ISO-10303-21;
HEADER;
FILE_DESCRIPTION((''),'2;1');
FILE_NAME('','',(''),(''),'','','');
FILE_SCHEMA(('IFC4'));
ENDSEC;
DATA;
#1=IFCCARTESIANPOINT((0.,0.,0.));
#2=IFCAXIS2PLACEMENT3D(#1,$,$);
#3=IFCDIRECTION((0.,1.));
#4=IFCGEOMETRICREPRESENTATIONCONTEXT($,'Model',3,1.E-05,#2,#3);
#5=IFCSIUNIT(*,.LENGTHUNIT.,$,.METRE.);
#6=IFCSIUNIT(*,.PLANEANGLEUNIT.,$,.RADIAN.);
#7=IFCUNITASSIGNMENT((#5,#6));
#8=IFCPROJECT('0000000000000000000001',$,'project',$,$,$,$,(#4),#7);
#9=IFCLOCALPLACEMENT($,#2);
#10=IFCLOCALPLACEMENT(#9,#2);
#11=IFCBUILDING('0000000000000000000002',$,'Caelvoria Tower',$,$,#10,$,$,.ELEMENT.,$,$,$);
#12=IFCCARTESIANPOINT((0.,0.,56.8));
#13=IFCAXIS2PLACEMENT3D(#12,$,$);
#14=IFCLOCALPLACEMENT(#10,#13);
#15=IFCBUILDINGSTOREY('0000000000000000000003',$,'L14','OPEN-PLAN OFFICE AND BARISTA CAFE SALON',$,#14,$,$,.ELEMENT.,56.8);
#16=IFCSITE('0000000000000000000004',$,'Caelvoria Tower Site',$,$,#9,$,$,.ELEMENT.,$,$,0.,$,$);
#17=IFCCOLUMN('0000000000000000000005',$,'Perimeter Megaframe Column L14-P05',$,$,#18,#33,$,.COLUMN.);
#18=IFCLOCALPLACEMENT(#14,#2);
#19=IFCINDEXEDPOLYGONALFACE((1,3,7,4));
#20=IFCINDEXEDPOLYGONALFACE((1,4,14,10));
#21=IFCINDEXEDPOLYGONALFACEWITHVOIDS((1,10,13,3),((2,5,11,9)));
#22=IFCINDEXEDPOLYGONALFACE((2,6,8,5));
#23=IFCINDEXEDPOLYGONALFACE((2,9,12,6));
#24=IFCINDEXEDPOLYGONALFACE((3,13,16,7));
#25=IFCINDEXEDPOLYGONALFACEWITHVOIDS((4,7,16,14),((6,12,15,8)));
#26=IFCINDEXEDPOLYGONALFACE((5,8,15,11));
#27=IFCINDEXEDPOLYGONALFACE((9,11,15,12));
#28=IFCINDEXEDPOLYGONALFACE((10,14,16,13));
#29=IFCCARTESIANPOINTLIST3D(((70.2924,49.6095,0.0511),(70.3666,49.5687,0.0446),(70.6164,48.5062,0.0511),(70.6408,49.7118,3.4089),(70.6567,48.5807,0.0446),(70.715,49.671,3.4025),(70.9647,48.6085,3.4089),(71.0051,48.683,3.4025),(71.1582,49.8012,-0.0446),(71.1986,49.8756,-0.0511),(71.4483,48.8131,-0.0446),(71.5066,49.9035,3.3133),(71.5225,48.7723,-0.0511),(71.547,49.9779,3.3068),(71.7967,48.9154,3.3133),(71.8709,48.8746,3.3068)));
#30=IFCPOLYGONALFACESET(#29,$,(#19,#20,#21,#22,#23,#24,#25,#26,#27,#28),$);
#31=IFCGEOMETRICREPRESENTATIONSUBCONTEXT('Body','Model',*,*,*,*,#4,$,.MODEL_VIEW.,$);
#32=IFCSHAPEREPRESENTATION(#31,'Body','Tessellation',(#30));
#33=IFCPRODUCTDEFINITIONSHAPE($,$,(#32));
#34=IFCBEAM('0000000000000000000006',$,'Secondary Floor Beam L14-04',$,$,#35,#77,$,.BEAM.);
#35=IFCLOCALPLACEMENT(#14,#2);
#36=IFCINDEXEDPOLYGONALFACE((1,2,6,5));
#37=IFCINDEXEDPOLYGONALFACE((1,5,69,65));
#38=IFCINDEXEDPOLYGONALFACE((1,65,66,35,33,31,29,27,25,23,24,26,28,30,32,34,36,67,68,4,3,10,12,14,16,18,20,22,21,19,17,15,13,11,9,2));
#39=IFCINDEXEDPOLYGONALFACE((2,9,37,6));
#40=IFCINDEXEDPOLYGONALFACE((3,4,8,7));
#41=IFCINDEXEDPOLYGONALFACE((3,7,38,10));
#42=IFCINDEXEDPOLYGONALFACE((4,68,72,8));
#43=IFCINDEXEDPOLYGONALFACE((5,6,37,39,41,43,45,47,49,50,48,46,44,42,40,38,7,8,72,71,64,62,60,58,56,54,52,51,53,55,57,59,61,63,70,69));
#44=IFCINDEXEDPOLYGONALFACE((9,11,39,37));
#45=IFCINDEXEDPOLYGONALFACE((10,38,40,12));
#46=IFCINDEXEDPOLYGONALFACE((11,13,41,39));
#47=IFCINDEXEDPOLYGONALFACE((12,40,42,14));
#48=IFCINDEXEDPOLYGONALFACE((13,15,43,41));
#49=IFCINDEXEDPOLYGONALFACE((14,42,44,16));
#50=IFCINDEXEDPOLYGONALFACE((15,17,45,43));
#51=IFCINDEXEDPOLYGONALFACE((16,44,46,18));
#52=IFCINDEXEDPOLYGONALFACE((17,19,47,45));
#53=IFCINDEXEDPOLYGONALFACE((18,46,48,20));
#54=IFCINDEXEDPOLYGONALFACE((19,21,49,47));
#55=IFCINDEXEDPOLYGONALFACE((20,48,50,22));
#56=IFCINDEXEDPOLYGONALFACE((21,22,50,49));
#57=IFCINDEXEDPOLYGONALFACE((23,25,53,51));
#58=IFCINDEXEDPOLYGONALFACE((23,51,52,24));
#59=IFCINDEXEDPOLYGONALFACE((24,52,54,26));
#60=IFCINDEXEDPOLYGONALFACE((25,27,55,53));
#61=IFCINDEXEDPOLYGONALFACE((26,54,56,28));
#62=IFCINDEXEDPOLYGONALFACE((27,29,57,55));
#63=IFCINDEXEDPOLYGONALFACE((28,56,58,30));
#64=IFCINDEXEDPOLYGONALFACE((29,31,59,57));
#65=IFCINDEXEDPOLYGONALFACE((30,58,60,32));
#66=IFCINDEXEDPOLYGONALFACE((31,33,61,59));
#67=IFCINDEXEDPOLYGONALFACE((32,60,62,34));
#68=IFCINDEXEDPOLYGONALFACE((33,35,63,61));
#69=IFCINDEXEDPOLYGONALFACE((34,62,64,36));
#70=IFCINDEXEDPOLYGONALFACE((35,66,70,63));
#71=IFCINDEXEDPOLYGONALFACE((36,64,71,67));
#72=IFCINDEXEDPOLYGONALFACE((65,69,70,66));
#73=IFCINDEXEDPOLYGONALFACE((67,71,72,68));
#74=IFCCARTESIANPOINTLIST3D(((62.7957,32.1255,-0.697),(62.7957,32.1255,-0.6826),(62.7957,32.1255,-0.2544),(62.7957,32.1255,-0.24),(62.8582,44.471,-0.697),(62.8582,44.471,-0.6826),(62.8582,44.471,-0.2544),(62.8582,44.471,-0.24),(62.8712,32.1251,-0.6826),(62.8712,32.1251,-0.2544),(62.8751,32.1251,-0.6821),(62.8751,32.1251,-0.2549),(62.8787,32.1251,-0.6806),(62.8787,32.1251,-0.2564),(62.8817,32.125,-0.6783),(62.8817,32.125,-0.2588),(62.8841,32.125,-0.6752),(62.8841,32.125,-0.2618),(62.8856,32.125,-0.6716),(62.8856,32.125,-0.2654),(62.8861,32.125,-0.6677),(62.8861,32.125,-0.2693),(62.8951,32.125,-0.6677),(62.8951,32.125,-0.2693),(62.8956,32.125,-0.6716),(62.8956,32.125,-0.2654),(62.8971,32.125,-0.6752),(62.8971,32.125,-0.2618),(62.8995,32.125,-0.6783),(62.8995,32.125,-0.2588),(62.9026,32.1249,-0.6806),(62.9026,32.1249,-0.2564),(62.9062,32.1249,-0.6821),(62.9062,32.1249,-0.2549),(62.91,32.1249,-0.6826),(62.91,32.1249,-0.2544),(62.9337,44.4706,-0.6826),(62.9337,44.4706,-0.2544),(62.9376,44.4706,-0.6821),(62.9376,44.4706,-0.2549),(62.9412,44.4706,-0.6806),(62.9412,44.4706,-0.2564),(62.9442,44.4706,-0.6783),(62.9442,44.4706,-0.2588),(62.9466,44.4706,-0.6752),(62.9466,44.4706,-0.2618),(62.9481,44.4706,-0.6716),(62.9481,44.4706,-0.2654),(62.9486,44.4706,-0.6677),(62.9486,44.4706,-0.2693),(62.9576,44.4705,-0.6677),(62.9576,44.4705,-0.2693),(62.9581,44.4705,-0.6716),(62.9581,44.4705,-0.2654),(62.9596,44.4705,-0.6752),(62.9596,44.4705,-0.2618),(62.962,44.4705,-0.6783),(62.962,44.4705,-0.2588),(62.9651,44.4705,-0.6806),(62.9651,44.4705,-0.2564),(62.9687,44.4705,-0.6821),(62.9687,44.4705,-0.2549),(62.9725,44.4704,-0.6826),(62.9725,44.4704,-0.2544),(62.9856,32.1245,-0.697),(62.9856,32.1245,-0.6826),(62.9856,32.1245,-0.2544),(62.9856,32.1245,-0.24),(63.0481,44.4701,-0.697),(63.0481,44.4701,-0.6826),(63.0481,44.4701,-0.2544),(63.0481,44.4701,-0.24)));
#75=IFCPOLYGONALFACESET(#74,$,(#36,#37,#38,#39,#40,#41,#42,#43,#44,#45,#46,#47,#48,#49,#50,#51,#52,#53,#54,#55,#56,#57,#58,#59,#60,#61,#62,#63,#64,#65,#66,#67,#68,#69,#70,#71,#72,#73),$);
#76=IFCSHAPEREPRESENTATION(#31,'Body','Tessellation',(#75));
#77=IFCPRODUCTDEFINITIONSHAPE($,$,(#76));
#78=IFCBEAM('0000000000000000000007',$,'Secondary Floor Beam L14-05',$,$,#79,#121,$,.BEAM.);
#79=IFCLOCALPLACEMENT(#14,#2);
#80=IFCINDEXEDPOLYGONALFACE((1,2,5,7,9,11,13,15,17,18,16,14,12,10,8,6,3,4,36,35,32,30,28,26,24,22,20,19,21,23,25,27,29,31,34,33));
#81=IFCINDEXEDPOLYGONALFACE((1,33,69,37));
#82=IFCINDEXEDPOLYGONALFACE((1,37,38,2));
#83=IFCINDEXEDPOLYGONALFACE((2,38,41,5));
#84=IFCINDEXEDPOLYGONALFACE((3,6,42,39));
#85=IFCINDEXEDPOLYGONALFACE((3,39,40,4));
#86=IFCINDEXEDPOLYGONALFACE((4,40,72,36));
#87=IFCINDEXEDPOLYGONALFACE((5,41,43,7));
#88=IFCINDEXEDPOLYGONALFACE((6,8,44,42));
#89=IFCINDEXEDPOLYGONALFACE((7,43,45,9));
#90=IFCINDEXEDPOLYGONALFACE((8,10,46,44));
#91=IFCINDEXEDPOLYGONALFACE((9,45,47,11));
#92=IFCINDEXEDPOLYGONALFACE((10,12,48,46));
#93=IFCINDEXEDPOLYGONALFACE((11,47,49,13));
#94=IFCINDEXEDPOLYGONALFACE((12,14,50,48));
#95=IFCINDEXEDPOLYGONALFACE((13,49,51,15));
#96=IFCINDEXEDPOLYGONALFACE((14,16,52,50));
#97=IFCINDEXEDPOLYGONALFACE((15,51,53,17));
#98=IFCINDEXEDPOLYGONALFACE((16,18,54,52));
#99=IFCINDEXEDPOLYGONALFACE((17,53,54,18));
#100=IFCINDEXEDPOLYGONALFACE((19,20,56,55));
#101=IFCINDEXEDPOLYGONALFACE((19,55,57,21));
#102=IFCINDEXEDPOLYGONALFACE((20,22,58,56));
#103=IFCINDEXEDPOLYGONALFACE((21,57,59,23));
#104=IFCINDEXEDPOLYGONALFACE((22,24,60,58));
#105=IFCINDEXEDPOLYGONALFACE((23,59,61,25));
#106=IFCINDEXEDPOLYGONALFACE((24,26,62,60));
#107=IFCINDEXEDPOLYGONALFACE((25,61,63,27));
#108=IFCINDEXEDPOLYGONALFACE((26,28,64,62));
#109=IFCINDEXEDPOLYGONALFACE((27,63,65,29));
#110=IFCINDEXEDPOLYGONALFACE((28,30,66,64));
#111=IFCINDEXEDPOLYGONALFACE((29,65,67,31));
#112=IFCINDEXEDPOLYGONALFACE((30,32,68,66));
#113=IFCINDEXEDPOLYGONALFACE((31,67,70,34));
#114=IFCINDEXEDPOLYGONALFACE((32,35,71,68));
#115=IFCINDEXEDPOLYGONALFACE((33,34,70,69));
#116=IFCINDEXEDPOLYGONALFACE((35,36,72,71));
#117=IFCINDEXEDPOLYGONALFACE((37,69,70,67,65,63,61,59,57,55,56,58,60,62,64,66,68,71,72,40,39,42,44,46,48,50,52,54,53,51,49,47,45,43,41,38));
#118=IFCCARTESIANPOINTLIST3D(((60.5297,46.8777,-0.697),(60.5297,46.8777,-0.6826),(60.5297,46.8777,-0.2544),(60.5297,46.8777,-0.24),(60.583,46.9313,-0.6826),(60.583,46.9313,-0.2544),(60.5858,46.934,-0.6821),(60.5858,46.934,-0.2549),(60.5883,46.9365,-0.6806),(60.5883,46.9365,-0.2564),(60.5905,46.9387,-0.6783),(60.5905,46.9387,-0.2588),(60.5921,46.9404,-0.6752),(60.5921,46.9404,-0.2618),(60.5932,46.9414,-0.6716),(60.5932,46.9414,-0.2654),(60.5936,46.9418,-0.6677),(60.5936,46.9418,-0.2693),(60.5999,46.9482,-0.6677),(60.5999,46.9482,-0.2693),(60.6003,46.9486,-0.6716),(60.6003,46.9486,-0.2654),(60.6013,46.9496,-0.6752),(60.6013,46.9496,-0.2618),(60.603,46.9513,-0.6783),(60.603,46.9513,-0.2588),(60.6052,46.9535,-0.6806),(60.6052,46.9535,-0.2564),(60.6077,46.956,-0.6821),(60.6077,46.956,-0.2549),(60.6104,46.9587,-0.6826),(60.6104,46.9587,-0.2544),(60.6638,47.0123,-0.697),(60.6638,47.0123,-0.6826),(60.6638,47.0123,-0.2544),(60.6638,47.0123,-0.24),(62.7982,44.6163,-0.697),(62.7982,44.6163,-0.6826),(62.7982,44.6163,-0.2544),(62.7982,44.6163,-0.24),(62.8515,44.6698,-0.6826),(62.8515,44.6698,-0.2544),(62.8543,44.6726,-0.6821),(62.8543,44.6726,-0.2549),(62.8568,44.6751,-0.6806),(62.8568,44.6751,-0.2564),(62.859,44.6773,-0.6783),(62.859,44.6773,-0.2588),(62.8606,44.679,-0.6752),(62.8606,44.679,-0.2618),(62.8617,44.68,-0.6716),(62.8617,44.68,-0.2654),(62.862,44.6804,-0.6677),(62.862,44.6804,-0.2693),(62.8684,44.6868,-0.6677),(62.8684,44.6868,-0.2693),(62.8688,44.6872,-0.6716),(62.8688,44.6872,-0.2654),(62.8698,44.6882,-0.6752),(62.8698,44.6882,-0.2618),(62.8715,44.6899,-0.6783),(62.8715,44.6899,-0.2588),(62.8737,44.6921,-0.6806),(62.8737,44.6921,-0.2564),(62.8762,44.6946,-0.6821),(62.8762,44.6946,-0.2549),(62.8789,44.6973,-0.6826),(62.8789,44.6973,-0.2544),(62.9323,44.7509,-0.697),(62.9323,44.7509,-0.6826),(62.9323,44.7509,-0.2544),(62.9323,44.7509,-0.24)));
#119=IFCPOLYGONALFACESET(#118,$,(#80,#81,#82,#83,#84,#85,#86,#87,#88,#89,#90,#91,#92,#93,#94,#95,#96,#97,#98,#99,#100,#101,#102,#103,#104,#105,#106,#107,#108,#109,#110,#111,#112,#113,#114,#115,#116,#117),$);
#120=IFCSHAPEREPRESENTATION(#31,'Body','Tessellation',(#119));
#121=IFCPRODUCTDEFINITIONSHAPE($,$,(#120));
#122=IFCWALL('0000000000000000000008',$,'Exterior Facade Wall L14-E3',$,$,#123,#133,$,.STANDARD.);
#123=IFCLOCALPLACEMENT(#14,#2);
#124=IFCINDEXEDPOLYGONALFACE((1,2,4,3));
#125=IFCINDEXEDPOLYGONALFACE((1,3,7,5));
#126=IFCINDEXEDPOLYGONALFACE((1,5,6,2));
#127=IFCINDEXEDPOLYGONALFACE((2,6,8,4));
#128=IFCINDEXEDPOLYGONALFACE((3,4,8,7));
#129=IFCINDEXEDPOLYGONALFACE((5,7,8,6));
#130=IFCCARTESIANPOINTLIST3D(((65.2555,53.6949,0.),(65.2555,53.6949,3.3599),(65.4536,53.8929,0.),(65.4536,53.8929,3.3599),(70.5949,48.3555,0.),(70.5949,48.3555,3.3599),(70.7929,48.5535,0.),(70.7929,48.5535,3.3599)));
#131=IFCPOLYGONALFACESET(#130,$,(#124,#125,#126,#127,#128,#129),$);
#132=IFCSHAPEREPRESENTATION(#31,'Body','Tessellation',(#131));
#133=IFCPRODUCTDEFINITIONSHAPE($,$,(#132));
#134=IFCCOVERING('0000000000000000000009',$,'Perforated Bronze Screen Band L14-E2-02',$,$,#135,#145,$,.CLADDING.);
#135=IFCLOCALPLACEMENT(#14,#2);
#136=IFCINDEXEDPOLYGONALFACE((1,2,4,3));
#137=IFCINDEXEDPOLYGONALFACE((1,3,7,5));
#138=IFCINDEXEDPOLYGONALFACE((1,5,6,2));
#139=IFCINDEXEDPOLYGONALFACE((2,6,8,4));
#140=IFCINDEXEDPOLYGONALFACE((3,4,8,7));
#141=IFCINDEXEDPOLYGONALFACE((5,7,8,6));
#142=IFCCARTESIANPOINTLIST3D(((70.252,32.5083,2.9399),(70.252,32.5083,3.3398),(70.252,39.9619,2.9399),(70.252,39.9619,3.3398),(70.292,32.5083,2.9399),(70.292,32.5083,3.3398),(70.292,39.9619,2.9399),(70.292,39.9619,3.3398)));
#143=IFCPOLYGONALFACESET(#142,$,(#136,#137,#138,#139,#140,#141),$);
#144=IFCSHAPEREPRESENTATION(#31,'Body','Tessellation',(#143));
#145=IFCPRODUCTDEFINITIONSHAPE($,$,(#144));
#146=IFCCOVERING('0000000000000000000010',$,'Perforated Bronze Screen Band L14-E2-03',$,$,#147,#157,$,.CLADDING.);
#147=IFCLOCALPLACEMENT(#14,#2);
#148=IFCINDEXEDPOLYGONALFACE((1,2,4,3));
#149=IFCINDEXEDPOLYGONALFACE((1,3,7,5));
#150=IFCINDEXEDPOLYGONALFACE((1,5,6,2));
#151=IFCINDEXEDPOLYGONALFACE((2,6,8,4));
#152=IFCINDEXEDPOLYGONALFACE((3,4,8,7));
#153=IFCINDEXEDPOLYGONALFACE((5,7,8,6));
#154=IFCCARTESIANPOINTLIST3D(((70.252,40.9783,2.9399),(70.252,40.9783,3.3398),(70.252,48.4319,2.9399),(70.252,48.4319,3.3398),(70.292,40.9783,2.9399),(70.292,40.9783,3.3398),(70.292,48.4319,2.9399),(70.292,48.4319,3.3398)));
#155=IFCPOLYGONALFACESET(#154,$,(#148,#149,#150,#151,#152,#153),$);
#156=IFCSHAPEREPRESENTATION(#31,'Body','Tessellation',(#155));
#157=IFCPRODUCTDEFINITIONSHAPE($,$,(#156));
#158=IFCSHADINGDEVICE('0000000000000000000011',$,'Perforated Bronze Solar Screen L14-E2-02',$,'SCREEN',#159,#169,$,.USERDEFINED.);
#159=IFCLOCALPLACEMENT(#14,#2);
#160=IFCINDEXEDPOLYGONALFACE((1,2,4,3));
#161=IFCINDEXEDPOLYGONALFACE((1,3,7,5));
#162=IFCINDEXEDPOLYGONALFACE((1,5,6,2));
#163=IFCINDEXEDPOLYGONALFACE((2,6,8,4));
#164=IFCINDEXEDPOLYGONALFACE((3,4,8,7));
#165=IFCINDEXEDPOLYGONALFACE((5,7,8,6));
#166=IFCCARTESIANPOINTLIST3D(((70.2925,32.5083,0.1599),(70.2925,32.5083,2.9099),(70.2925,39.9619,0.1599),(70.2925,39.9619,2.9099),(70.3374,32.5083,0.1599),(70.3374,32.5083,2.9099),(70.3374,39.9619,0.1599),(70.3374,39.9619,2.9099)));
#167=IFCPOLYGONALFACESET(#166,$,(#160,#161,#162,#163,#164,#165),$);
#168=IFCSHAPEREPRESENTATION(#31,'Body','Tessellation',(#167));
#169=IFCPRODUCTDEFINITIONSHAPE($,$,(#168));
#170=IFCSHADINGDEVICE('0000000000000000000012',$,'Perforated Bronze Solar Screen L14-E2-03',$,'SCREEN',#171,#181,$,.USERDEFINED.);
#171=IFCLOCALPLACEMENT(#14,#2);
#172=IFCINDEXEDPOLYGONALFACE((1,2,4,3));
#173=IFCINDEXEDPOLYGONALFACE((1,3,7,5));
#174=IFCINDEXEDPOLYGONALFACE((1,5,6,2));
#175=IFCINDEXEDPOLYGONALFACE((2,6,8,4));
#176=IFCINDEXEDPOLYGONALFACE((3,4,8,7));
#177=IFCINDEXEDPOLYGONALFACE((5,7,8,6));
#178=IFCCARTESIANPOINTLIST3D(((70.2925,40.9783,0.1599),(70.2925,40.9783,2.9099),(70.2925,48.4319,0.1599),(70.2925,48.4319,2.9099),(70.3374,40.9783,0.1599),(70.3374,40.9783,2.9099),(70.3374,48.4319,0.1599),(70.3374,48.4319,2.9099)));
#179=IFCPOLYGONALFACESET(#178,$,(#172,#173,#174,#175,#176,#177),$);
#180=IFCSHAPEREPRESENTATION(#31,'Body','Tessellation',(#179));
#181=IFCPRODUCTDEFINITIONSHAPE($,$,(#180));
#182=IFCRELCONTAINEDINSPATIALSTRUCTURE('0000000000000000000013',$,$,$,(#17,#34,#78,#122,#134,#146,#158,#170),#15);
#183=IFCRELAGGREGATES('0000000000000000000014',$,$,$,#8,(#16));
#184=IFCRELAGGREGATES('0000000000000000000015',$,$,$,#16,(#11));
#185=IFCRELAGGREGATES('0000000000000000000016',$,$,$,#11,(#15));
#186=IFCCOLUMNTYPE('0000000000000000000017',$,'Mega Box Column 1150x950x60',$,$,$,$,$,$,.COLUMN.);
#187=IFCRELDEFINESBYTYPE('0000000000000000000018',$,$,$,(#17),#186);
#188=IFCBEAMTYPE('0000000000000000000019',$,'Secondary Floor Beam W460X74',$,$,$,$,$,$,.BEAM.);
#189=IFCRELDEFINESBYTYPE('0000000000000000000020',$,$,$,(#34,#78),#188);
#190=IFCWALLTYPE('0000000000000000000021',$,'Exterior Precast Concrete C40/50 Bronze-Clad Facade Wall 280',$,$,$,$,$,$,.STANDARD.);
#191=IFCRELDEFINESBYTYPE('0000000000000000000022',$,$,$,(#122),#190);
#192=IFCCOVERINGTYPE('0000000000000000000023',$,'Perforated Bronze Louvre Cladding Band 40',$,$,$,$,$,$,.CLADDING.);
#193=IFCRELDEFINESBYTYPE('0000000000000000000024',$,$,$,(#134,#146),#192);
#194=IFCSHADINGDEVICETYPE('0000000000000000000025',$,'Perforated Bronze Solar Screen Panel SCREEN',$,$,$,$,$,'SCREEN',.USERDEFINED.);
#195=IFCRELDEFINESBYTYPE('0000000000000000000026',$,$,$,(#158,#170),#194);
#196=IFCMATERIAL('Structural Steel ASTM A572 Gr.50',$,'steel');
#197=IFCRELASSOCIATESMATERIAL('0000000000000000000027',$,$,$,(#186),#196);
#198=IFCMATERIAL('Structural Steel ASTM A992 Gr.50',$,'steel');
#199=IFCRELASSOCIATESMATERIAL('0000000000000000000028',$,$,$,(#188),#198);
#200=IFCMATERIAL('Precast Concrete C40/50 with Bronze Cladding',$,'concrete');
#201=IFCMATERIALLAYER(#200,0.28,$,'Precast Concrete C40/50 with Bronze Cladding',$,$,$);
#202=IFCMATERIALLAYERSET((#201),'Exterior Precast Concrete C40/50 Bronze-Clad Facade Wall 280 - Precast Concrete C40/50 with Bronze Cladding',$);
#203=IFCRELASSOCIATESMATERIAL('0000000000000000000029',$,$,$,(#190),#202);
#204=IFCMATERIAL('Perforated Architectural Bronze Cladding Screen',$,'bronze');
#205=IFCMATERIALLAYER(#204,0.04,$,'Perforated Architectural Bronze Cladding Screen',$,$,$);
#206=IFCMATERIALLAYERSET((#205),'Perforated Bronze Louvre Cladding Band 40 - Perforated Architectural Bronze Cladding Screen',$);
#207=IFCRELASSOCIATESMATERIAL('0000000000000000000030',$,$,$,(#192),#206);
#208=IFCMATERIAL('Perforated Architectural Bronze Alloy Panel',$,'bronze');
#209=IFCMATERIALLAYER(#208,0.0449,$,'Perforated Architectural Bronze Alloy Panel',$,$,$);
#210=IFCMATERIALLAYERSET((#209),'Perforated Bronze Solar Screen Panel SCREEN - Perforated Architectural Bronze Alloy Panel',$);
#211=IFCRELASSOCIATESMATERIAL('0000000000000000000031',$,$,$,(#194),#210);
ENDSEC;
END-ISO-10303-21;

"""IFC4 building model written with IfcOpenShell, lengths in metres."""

from ifc_helpers import new_model, si_unit, direction, frame, frame_2d, origin, origin_2d, place, context, subcontext, project, spatial, rectangle, hollow_rectangle, i_section, extrude, material, layer, layer_set, material_profile, profile_set, type_object, element, save


model = new_model("IFC4")

# Units and contexts
model_context = context("Model", 3, precision=1e-05, world=origin(), true_north=direction((0.0, 1.0)))
body_context = subcontext(model_context, "Body", "Model", "MODEL_VIEW")
ifc_project = project(units=[si_unit("LENGTHUNIT", "METRE"), si_unit("PLANEANGLEUNIT", "RADIAN")], contexts=[model_context])

# Site, building, storey
site_placement = place(None, origin())
site = spatial("IfcSite", under=ifc_project, at=site_placement, Name="Caelvoria Tower Site", CompositionType="ELEMENT", RefElevation=0.0)
building_placement = place(site_placement, origin())
building = spatial("IfcBuilding", under=site, at=building_placement, Name="Caelvoria Tower", CompositionType="ELEMENT")
storey_placement = place(building_placement, frame((0.0, 0.0, 56.8)))
storey = spatial("IfcBuildingStorey", under=building, at=storey_placement, Name="L14", Description="OPEN-PLAN OFFICE AND BARISTA CAFE SALON", CompositionType="ELEMENT", Elevation=56.8)

# Column
ifc_material_1 = material(Name="Structural Steel ASTM A572 Gr.50", Category="steel")
ifc_material_profile_1 = material_profile(ifc_material_1, hollow_rectangle(XDim=0.95, YDim=1.1499, WallThickness=0.0601, at=origin_2d()), Name="Structural Steel ASTM A572 Gr.50")
ifc_profile_set_1 = profile_set([ifc_material_profile_1], Name="BOX1150X950X60 - Structural Steel ASTM A572 Gr.50")
column_type = type_object("IfcColumnType", Name="Mega Box Column 1150x950x60", PredefinedType="COLUMN", material=ifc_profile_set_1)
column_placement = place(storey_placement, frame((70.9075, 49.1909, 0.0), z_axis=(0.10315, 0.030287, 0.994205), x_axis=(-0.953933, -0.280097, 0.107505)))
element("IfcColumn", 1, at=column_placement, inside=storey, type_object=column_type, Name="Perimeter Megaframe Column L14-P05", PredefinedType="COLUMN", context=body_context, shape_type="SweptSolid", body=[
    extrude(hollow_rectangle(XDim=0.95, YDim=1.1499, WallThickness=0.0601, at=origin_2d()), origin(), (0.0, 0.0, 1.0), 3.3774),
])

# Beams
ifc_material_2 = material(Name="Structural Steel ASTM A992 Gr.50", Category="steel")
ifc_material_profile_2 = material_profile(ifc_material_2, i_section(OverallWidth=0.1899, OverallDepth=0.457, WebThickness=0.009, FlangeThickness=0.0144, FilletRadius=0.0149, at=origin_2d()), Name="Structural Steel ASTM A992 Gr.50")
ifc_profile_set_2 = profile_set([ifc_material_profile_2], Name="W460X74 - Structural Steel ASTM A992 Gr.50")
beam_type = type_object("IfcBeamType", Name="Secondary Floor Beam W460X74", PredefinedType="BEAM", material=ifc_profile_set_2)
beam_1_placement = place(storey_placement, frame((62.8906, 32.125, -0.4685), z_axis=(0.005063, 0.999987, 0.0), x_axis=(-0.999987, 0.005063, 0.0)))
element("IfcBeam", 2, at=beam_1_placement, inside=storey, type_object=beam_type, Name="Secondary Floor Beam L14-04", PredefinedType="BEAM", context=body_context, shape_type="SweptSolid", body=[
    extrude(i_section(OverallWidth=0.1899, OverallDepth=0.457, WebThickness=0.009, FlangeThickness=0.0144, FilletRadius=0.0149, at=origin_2d()), origin(), (0.0, 0.0, 1.0), 12.3457),
])
beam_2_placement = place(storey_placement, frame((62.8652, 44.6836, -0.4685), z_axis=(-0.708211, 0.706001, 0.0), x_axis=(-0.706001, -0.708211, 0.0)))
element("IfcBeam", 3, at=beam_2_placement, inside=storey, type_object=beam_type, Name="Secondary Floor Beam L14-05", PredefinedType="BEAM", context=body_context, shape_type="SweptSolid", body=[
    extrude(i_section(OverallWidth=0.1899, OverallDepth=0.457, WebThickness=0.009, FlangeThickness=0.0144, FilletRadius=0.0149, at=origin_2d()), origin(), (0.0, 0.0, 1.0), 3.2031),
])

# Wall
ifc_material_3 = material(Name="Precast Concrete C40/50 with Bronze Cladding", Category="concrete")
ifc_layer_1 = layer(ifc_material_3, 0.28, Name="Precast Concrete C40/50 with Bronze Cladding")
ifc_layer_set_1 = layer_set([ifc_layer_1], Name="Exterior Precast Concrete C40/50 Bronze-Clad Facade Wall 280 - Precast Concrete C40/50 with Bronze Cladding")
wall_type = type_object("IfcWallType", Name="Exterior Precast Concrete C40/50 Bronze-Clad Facade Wall 280", PredefinedType="STANDARD", material=ifc_layer_set_1)
wall_placement = place(storey_placement, frame((70.6938, 48.4546, 0.0), z_axis=(0.0, 0.0, 1.0), x_axis=(-0.707107, 0.707107, 0.0)))
element("IfcWall", 4, at=wall_placement, inside=storey, type_object=wall_type, Name="Exterior Facade Wall L14-E3", PredefinedType="STANDARD", context=body_context, shape_type="SweptSolid", body=[
    extrude(rectangle(XDim=7.551, YDim=0.28, at=frame_2d((3.7754, 0.0))), origin(), (0.0, 0.0, 1.0), 3.3599),
])

# Coverings
ifc_material_4 = material(Name="Perforated Architectural Bronze Cladding Screen", Category="bronze")
ifc_layer_2 = layer(ifc_material_4, 0.04, Name="Perforated Architectural Bronze Cladding Screen")
ifc_layer_set_2 = layer_set([ifc_layer_2], Name="Perforated Bronze Louvre Cladding Band 40 - Perforated Architectural Bronze Cladding Screen")
covering_type = type_object("IfcCoveringType", Name="Perforated Bronze Louvre Cladding Band 40", PredefinedType="CLADDING", material=ifc_layer_set_2)
for number, where, z_axis, x_axis, name in (
    (5, (70.272, 36.2351, 2.9399), (0.0, 0.0, 1.0), (0.0, 1.0, 0.0), "Perforated Bronze Screen Band L14-E2-02"),
    (6, (70.272, 44.7051, 2.9399), (0.0, 0.0, 1.0), (0.0, 1.0, 0.0), "Perforated Bronze Screen Band L14-E2-03"),
):
    element("IfcCovering", number, at=place(storey_placement, frame(where, z_axis=z_axis, x_axis=x_axis)), inside=storey, type_object=covering_type, Name=name, PredefinedType="CLADDING", context=body_context, shape_type="SweptSolid", body=[
        extrude(rectangle(XDim=7.4536, YDim=0.04, at=origin_2d()), origin(), (0.0, 0.0, 1.0), 0.3999),
    ])

# Shading devices
ifc_material_5 = material(Name="Perforated Architectural Bronze Alloy Panel", Category="bronze")
ifc_layer_3 = layer(ifc_material_5, 0.0449, Name="Perforated Architectural Bronze Alloy Panel")
ifc_layer_set_3 = layer_set([ifc_layer_3], Name="Perforated Bronze Solar Screen Panel SCREEN - Perforated Architectural Bronze Alloy Panel")
shading_device_type = type_object("IfcShadingDeviceType", Name="Perforated Bronze Solar Screen Panel SCREEN", ElementType="SCREEN", PredefinedType="USERDEFINED", material=ifc_layer_set_3)
for number, where, z_axis, x_axis, name in (
    (7, (70.3149, 36.2351, 0.1599), (0.0, 0.0, 1.0), (0.0, 1.0, 0.0), "Perforated Bronze Solar Screen L14-E2-02"),
    (8, (70.3149, 44.7051, 0.1599), (0.0, 0.0, 1.0), (0.0, 1.0, 0.0), "Perforated Bronze Solar Screen L14-E2-03"),
):
    element("IfcShadingDevice", number, at=place(storey_placement, frame(where, z_axis=z_axis, x_axis=x_axis)), inside=storey, type_object=shading_device_type, Name=name, ObjectType="SCREEN", PredefinedType="USERDEFINED", context=body_context, shape_type="SweptSolid", body=[
        extrude(rectangle(XDim=7.4536, YDim=0.0449, at=origin_2d()), origin(), (0.0, 0.0, 1.0), 2.75),
    ])

save(model, "model.ifc")
